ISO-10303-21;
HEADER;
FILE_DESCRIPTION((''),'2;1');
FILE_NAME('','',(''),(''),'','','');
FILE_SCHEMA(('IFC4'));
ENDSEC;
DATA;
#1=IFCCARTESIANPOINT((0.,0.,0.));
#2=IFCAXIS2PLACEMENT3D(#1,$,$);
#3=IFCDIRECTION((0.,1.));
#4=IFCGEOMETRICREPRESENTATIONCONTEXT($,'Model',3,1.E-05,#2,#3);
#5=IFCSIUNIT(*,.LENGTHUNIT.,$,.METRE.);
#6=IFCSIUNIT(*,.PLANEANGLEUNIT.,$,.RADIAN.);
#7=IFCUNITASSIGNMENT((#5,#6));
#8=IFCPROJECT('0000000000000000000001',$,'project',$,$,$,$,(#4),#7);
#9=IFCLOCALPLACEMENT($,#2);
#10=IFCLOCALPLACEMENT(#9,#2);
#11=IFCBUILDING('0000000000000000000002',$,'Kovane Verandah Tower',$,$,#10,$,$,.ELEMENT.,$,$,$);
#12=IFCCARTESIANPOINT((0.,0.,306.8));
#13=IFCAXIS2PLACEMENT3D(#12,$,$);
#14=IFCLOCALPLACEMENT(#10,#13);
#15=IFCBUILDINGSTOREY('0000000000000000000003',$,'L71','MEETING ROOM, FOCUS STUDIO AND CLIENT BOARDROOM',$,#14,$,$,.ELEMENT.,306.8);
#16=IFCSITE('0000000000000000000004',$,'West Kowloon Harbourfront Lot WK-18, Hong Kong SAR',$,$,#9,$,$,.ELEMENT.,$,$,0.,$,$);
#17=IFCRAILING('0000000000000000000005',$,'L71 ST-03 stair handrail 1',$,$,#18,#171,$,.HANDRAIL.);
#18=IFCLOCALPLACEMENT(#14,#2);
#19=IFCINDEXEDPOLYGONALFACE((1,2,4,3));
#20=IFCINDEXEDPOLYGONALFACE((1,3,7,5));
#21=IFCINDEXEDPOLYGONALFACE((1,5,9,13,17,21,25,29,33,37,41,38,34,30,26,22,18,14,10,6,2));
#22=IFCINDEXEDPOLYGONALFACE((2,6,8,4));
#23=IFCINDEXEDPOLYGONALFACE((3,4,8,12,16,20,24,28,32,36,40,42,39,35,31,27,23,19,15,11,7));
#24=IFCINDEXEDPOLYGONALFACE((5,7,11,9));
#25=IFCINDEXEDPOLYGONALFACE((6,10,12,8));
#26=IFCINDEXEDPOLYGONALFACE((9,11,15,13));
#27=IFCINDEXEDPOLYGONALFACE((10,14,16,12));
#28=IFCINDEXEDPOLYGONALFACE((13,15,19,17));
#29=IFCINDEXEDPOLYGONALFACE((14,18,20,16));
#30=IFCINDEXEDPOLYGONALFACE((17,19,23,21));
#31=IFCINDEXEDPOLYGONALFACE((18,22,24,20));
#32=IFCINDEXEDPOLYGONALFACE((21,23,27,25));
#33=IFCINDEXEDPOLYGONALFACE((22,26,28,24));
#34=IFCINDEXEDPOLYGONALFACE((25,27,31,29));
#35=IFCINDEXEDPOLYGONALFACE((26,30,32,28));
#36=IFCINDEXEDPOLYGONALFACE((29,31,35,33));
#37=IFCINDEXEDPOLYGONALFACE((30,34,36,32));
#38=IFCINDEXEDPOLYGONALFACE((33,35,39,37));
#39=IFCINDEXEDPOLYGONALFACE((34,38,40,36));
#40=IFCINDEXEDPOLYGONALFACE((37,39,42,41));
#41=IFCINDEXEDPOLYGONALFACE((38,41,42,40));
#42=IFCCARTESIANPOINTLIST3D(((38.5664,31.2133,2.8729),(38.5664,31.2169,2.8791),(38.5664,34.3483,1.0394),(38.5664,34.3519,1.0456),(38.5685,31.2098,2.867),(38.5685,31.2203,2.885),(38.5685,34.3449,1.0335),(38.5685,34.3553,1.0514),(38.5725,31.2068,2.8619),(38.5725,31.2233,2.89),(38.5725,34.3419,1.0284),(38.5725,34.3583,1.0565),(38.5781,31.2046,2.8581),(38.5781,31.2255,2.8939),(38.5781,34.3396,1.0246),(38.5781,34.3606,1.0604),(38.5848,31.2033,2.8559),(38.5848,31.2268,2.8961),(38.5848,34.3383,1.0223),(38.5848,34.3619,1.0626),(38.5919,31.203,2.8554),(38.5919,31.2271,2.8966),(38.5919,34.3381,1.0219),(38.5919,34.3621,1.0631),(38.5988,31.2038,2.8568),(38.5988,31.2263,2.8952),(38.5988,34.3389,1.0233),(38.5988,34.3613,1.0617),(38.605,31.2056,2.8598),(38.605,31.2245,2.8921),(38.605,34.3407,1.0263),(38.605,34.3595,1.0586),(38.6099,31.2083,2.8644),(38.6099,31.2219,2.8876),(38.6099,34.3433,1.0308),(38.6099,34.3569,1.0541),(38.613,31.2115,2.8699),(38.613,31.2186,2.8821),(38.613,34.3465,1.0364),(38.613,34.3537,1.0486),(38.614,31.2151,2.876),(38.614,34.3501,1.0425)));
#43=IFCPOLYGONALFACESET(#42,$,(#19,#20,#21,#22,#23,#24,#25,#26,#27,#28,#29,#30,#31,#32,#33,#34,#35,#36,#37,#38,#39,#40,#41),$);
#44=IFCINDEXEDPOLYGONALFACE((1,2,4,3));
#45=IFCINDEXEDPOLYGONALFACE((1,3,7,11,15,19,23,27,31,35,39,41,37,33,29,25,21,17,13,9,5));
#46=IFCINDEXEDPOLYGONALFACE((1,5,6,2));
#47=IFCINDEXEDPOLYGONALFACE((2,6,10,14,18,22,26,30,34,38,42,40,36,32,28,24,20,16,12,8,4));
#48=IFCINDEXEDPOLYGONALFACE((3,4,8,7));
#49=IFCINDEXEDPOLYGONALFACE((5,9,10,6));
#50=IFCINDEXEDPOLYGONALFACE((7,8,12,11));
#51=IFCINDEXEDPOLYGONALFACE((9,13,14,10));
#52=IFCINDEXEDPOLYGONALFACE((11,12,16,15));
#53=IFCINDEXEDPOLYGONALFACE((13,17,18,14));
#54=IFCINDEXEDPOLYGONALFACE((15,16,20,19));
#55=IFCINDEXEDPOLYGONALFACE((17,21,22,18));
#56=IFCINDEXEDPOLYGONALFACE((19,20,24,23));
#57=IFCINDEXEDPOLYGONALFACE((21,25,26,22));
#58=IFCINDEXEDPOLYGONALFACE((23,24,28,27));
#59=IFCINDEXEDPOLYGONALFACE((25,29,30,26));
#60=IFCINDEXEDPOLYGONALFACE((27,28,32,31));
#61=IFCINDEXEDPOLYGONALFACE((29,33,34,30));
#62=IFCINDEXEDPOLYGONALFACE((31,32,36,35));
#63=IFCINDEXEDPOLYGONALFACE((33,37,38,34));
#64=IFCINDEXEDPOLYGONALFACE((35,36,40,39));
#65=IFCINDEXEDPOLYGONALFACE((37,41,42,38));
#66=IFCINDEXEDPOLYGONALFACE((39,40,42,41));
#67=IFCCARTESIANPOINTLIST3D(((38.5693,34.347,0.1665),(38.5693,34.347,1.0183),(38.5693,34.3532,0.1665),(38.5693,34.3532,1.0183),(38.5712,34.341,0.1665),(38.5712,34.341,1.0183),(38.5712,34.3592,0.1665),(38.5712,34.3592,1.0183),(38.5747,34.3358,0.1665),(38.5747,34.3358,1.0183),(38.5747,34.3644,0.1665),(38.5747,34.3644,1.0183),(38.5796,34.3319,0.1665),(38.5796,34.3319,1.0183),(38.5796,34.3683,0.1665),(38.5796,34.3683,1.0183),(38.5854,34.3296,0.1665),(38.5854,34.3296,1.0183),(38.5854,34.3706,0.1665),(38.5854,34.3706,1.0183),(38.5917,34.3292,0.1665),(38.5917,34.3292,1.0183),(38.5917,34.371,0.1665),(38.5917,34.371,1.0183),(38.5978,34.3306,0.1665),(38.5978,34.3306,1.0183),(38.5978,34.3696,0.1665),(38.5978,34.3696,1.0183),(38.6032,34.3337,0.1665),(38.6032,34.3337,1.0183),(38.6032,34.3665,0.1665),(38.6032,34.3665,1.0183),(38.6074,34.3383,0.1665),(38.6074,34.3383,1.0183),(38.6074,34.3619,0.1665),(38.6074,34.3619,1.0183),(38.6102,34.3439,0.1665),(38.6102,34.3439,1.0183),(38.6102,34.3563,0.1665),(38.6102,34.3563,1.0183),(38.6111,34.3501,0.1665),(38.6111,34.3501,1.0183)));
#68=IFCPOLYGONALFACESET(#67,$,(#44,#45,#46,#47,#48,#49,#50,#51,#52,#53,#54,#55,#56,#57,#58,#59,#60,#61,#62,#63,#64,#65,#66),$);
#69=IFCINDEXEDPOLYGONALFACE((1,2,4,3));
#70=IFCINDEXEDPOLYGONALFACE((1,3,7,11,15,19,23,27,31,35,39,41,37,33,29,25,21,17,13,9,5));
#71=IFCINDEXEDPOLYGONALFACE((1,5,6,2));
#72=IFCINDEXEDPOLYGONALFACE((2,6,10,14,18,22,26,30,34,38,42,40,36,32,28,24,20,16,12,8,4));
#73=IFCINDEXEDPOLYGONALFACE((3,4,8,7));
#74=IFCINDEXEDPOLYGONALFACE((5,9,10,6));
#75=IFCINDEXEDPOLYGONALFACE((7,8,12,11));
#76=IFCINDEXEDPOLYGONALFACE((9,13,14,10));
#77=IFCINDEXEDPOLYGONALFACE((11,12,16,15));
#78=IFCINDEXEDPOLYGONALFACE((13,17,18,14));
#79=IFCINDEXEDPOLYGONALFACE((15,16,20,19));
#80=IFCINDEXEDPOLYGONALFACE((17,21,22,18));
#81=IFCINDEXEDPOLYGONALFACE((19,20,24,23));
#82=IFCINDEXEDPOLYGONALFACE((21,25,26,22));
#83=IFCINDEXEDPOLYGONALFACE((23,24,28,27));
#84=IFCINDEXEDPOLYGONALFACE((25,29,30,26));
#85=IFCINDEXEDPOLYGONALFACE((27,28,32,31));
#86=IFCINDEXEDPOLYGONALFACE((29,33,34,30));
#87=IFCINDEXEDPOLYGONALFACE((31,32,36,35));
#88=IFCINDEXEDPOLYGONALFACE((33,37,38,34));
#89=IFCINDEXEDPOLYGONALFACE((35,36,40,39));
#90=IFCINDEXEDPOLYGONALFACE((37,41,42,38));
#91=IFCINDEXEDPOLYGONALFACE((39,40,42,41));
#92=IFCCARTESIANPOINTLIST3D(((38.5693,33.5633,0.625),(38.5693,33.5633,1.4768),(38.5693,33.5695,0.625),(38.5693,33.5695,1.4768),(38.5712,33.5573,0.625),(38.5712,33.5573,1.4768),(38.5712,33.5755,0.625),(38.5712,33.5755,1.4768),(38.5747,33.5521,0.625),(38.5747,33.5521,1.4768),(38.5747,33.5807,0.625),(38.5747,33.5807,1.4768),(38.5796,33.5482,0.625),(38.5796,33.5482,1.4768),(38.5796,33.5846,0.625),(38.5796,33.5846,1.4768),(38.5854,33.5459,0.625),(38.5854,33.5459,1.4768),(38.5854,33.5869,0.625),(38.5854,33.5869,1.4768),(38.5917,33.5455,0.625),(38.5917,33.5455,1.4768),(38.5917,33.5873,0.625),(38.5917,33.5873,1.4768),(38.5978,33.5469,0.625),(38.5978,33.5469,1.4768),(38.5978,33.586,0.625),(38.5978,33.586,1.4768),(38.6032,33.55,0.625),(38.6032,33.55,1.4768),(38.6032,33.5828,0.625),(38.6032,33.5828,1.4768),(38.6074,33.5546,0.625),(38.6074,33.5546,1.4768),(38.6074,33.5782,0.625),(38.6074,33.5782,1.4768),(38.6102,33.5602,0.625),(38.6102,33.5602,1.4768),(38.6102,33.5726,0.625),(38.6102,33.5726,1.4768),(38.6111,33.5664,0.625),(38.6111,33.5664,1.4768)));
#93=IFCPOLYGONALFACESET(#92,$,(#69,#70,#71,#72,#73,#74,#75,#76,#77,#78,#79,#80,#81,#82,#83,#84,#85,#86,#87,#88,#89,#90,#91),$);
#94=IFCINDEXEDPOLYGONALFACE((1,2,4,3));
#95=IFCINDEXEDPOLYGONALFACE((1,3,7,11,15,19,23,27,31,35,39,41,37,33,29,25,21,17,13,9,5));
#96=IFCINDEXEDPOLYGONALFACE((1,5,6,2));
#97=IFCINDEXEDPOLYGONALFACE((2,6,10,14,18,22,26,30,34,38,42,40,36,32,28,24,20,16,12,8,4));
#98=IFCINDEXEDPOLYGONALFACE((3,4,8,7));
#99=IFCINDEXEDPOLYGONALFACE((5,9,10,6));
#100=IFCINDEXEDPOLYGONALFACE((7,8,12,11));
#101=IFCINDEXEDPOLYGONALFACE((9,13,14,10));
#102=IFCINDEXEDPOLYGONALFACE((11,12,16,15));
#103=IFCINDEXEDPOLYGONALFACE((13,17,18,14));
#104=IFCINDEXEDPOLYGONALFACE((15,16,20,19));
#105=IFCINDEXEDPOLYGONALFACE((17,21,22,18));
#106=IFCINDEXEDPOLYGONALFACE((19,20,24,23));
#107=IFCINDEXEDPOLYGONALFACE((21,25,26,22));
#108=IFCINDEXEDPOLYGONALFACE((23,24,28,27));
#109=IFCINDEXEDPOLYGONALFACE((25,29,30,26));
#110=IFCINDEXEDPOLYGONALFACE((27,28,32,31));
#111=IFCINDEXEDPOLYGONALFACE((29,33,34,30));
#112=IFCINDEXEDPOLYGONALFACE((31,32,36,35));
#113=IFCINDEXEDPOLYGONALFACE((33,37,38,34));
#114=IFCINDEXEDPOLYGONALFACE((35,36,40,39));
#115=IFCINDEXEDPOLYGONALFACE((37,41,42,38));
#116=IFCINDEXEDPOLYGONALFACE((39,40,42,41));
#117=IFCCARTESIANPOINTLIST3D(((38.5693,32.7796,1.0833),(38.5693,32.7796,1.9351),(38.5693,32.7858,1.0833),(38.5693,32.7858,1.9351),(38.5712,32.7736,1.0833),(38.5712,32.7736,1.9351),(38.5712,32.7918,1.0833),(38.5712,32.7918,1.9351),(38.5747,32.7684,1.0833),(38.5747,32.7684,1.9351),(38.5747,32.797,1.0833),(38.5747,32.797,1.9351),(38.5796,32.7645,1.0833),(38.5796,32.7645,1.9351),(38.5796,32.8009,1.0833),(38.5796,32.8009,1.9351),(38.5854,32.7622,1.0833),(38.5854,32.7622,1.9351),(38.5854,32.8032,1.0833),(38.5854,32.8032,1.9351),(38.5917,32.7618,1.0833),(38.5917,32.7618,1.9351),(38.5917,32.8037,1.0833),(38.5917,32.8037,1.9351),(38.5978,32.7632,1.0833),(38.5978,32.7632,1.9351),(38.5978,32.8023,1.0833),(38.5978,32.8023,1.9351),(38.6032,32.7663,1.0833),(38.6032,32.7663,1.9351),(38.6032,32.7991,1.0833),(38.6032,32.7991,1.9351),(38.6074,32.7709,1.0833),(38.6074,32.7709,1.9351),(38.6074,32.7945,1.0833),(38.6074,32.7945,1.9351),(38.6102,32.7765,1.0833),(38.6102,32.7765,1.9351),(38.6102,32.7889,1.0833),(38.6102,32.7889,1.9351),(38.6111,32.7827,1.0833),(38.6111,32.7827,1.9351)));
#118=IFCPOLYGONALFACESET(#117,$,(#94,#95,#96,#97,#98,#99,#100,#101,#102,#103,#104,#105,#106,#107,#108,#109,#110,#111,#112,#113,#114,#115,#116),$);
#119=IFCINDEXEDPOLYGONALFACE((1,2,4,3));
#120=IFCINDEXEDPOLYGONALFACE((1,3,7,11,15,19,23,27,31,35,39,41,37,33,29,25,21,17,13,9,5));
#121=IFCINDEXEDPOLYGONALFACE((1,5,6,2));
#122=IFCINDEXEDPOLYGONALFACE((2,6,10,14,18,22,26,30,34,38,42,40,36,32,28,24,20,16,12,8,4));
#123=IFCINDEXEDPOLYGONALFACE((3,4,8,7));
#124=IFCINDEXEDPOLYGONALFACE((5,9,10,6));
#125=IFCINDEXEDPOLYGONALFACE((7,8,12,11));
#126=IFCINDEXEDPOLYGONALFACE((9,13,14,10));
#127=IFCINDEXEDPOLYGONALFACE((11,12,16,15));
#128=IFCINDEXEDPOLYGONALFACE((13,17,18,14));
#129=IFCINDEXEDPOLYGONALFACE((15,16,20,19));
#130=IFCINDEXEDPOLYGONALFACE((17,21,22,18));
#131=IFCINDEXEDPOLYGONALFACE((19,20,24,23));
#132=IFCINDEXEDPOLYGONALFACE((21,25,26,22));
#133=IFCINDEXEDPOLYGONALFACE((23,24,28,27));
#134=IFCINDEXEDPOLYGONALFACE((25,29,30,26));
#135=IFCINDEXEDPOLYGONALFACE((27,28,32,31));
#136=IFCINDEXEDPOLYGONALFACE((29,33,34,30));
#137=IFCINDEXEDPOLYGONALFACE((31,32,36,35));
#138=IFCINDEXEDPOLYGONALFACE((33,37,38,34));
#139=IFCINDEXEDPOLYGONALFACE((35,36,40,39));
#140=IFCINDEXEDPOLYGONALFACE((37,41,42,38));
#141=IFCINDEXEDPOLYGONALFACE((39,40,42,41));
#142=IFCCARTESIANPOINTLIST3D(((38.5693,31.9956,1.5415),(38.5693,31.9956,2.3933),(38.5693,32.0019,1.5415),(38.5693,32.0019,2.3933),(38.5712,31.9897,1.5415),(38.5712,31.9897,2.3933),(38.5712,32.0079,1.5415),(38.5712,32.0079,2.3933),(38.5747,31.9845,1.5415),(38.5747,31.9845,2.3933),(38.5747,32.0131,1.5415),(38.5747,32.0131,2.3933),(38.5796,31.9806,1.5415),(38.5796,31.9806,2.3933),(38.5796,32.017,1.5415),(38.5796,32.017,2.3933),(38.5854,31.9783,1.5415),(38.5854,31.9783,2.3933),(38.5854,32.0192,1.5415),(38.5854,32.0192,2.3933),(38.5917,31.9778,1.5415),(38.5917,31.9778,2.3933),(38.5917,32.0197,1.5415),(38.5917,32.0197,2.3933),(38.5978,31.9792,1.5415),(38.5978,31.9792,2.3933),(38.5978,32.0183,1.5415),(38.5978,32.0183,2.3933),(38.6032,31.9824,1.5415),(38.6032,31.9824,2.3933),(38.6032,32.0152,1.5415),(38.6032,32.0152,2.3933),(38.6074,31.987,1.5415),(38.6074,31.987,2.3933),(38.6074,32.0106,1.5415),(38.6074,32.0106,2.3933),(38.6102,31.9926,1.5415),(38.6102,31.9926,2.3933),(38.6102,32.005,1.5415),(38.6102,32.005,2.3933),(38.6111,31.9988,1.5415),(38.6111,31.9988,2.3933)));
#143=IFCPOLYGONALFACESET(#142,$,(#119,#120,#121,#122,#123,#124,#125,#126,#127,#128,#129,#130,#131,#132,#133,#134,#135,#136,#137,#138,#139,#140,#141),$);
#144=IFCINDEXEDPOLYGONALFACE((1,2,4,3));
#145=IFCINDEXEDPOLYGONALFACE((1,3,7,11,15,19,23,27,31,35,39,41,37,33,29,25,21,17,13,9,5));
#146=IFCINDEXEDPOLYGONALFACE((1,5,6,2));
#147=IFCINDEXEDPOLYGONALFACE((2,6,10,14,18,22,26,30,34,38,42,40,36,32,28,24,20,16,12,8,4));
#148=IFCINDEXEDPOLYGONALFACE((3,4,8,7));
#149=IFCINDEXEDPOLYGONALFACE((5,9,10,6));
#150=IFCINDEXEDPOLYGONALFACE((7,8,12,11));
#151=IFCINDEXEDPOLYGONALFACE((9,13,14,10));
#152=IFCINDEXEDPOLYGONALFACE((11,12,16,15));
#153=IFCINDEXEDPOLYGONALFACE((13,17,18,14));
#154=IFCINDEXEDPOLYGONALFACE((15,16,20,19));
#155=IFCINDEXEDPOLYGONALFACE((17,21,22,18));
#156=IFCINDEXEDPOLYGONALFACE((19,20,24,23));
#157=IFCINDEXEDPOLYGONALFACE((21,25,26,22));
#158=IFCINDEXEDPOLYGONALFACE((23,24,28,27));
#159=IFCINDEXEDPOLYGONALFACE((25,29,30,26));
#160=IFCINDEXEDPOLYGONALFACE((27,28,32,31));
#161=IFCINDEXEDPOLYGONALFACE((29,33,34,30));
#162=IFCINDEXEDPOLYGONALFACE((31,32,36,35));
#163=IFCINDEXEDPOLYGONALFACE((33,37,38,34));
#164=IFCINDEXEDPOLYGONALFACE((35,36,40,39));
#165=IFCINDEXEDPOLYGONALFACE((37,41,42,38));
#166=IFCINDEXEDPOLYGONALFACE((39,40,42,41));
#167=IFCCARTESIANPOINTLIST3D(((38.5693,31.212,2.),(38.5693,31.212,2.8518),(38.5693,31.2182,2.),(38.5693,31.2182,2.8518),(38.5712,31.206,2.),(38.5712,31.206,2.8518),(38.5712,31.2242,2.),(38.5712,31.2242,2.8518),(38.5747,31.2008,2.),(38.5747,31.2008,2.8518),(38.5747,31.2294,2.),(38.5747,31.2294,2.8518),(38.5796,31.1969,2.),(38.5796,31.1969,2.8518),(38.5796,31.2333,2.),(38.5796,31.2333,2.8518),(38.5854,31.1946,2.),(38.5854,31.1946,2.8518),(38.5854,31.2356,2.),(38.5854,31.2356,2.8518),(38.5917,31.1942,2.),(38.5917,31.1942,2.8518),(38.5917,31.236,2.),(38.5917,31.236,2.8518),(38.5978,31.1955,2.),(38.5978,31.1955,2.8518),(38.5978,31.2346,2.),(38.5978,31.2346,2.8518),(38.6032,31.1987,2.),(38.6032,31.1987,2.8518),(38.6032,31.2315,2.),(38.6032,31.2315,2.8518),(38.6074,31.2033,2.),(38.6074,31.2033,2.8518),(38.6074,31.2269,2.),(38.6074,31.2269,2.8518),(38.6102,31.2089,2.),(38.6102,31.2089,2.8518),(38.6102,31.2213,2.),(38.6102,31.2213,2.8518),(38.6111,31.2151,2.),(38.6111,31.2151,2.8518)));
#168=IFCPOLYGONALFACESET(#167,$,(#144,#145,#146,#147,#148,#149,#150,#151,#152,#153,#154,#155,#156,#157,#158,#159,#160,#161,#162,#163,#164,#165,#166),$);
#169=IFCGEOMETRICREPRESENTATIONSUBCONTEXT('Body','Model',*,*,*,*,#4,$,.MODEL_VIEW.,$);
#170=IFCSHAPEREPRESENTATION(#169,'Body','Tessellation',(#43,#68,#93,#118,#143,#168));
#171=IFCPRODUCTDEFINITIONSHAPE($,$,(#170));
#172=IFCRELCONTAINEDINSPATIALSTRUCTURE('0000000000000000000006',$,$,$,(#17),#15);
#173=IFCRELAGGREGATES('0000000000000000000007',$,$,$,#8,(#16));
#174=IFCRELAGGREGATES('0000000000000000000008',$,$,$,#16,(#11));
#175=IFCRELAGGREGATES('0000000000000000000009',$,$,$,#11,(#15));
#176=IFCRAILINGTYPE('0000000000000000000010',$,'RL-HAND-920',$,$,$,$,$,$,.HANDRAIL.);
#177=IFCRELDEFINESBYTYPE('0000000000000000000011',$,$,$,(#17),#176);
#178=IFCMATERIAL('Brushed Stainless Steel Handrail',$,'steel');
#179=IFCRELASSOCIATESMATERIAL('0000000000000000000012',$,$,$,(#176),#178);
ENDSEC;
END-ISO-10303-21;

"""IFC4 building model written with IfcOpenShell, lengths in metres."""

from ifc_helpers import new_model, si_unit, direction, frame, origin, origin_2d, place, context, subcontext, project, spatial, circle, extrude, material, type_object, element, save


model = new_model("IFC4")

# Units and contexts
model_context = context("Model", 3, precision=1e-05, world=origin(), true_north=direction((0.0, 1.0)))
body_context = subcontext(model_context, "Body", "Model", "MODEL_VIEW")
ifc_project = project(units=[si_unit("LENGTHUNIT", "METRE"), si_unit("PLANEANGLEUNIT", "RADIAN")], contexts=[model_context])

# Site, building, storey
site_placement = place(None, origin())
site = spatial("IfcSite", under=ifc_project, at=site_placement, Name="West Kowloon Harbourfront Lot WK-18, Hong Kong SAR", CompositionType="ELEMENT", RefElevation=0.0)
building_placement = place(site_placement, origin())
building = spatial("IfcBuilding", under=site, at=building_placement, Name="Kovane Verandah Tower", CompositionType="ELEMENT")
storey_placement = place(building_placement, frame((0.0, 0.0, 306.8)))
storey = spatial("IfcBuildingStorey", under=building, at=storey_placement, Name="L71", Description="MEETING ROOM, FOCUS STUDIO AND CLIENT BOARDROOM", CompositionType="ELEMENT", Elevation=306.8)

# Railing
ifc_material_1 = material(Name="Brushed Stainless Steel Handrail", Category="steel")
railing_type = type_object("IfcRailingType", Name="RL-HAND-920", PredefinedType="HANDRAIL", material=ifc_material_1)
railing_1_placement = place(storey_placement, frame((38.5901, 34.3501, 0.1665)))
element("IfcRailing", 1, at=railing_1_placement, inside=storey, type_object=railing_type, Name="L71 ST-03 stair handrail 1", PredefinedType="HANDRAIL", context=body_context, shape_type="SweptSolid", body=[
    extrude(circle(Radius=0.0239, at=origin_2d()), frame((0.0, 0.0, 0.876), z_axis=(0.0, -0.86321, 0.504845), x_axis=(1.0, 0.0, 0.0)), (0.0, 0.0, 1.0), 3.6318),
    extrude(circle(Radius=0.021, at=origin_2d()), origin(), (0.0, 0.0, 1.0), 0.8518),
    extrude(circle(Radius=0.021, at=origin_2d()), frame((0.0, -0.7837, 0.4585)), (0.0, 0.0, 1.0), 0.8518),
    extrude(circle(Radius=0.021, at=origin_2d()), frame((0.0, -1.5674, 0.9167)), (0.0, 0.0, 1.0), 0.8518),
    extrude(circle(Radius=0.021, at=origin_2d()), frame((0.0, -2.3513, 1.375)), (0.0, 0.0, 1.0), 0.8518),
    extrude(circle(Radius=0.021, at=origin_2d()), frame((0.0, -3.135, 1.8335)), (0.0, 0.0, 1.0), 0.8518),
])

save(model, "model.ifc")
